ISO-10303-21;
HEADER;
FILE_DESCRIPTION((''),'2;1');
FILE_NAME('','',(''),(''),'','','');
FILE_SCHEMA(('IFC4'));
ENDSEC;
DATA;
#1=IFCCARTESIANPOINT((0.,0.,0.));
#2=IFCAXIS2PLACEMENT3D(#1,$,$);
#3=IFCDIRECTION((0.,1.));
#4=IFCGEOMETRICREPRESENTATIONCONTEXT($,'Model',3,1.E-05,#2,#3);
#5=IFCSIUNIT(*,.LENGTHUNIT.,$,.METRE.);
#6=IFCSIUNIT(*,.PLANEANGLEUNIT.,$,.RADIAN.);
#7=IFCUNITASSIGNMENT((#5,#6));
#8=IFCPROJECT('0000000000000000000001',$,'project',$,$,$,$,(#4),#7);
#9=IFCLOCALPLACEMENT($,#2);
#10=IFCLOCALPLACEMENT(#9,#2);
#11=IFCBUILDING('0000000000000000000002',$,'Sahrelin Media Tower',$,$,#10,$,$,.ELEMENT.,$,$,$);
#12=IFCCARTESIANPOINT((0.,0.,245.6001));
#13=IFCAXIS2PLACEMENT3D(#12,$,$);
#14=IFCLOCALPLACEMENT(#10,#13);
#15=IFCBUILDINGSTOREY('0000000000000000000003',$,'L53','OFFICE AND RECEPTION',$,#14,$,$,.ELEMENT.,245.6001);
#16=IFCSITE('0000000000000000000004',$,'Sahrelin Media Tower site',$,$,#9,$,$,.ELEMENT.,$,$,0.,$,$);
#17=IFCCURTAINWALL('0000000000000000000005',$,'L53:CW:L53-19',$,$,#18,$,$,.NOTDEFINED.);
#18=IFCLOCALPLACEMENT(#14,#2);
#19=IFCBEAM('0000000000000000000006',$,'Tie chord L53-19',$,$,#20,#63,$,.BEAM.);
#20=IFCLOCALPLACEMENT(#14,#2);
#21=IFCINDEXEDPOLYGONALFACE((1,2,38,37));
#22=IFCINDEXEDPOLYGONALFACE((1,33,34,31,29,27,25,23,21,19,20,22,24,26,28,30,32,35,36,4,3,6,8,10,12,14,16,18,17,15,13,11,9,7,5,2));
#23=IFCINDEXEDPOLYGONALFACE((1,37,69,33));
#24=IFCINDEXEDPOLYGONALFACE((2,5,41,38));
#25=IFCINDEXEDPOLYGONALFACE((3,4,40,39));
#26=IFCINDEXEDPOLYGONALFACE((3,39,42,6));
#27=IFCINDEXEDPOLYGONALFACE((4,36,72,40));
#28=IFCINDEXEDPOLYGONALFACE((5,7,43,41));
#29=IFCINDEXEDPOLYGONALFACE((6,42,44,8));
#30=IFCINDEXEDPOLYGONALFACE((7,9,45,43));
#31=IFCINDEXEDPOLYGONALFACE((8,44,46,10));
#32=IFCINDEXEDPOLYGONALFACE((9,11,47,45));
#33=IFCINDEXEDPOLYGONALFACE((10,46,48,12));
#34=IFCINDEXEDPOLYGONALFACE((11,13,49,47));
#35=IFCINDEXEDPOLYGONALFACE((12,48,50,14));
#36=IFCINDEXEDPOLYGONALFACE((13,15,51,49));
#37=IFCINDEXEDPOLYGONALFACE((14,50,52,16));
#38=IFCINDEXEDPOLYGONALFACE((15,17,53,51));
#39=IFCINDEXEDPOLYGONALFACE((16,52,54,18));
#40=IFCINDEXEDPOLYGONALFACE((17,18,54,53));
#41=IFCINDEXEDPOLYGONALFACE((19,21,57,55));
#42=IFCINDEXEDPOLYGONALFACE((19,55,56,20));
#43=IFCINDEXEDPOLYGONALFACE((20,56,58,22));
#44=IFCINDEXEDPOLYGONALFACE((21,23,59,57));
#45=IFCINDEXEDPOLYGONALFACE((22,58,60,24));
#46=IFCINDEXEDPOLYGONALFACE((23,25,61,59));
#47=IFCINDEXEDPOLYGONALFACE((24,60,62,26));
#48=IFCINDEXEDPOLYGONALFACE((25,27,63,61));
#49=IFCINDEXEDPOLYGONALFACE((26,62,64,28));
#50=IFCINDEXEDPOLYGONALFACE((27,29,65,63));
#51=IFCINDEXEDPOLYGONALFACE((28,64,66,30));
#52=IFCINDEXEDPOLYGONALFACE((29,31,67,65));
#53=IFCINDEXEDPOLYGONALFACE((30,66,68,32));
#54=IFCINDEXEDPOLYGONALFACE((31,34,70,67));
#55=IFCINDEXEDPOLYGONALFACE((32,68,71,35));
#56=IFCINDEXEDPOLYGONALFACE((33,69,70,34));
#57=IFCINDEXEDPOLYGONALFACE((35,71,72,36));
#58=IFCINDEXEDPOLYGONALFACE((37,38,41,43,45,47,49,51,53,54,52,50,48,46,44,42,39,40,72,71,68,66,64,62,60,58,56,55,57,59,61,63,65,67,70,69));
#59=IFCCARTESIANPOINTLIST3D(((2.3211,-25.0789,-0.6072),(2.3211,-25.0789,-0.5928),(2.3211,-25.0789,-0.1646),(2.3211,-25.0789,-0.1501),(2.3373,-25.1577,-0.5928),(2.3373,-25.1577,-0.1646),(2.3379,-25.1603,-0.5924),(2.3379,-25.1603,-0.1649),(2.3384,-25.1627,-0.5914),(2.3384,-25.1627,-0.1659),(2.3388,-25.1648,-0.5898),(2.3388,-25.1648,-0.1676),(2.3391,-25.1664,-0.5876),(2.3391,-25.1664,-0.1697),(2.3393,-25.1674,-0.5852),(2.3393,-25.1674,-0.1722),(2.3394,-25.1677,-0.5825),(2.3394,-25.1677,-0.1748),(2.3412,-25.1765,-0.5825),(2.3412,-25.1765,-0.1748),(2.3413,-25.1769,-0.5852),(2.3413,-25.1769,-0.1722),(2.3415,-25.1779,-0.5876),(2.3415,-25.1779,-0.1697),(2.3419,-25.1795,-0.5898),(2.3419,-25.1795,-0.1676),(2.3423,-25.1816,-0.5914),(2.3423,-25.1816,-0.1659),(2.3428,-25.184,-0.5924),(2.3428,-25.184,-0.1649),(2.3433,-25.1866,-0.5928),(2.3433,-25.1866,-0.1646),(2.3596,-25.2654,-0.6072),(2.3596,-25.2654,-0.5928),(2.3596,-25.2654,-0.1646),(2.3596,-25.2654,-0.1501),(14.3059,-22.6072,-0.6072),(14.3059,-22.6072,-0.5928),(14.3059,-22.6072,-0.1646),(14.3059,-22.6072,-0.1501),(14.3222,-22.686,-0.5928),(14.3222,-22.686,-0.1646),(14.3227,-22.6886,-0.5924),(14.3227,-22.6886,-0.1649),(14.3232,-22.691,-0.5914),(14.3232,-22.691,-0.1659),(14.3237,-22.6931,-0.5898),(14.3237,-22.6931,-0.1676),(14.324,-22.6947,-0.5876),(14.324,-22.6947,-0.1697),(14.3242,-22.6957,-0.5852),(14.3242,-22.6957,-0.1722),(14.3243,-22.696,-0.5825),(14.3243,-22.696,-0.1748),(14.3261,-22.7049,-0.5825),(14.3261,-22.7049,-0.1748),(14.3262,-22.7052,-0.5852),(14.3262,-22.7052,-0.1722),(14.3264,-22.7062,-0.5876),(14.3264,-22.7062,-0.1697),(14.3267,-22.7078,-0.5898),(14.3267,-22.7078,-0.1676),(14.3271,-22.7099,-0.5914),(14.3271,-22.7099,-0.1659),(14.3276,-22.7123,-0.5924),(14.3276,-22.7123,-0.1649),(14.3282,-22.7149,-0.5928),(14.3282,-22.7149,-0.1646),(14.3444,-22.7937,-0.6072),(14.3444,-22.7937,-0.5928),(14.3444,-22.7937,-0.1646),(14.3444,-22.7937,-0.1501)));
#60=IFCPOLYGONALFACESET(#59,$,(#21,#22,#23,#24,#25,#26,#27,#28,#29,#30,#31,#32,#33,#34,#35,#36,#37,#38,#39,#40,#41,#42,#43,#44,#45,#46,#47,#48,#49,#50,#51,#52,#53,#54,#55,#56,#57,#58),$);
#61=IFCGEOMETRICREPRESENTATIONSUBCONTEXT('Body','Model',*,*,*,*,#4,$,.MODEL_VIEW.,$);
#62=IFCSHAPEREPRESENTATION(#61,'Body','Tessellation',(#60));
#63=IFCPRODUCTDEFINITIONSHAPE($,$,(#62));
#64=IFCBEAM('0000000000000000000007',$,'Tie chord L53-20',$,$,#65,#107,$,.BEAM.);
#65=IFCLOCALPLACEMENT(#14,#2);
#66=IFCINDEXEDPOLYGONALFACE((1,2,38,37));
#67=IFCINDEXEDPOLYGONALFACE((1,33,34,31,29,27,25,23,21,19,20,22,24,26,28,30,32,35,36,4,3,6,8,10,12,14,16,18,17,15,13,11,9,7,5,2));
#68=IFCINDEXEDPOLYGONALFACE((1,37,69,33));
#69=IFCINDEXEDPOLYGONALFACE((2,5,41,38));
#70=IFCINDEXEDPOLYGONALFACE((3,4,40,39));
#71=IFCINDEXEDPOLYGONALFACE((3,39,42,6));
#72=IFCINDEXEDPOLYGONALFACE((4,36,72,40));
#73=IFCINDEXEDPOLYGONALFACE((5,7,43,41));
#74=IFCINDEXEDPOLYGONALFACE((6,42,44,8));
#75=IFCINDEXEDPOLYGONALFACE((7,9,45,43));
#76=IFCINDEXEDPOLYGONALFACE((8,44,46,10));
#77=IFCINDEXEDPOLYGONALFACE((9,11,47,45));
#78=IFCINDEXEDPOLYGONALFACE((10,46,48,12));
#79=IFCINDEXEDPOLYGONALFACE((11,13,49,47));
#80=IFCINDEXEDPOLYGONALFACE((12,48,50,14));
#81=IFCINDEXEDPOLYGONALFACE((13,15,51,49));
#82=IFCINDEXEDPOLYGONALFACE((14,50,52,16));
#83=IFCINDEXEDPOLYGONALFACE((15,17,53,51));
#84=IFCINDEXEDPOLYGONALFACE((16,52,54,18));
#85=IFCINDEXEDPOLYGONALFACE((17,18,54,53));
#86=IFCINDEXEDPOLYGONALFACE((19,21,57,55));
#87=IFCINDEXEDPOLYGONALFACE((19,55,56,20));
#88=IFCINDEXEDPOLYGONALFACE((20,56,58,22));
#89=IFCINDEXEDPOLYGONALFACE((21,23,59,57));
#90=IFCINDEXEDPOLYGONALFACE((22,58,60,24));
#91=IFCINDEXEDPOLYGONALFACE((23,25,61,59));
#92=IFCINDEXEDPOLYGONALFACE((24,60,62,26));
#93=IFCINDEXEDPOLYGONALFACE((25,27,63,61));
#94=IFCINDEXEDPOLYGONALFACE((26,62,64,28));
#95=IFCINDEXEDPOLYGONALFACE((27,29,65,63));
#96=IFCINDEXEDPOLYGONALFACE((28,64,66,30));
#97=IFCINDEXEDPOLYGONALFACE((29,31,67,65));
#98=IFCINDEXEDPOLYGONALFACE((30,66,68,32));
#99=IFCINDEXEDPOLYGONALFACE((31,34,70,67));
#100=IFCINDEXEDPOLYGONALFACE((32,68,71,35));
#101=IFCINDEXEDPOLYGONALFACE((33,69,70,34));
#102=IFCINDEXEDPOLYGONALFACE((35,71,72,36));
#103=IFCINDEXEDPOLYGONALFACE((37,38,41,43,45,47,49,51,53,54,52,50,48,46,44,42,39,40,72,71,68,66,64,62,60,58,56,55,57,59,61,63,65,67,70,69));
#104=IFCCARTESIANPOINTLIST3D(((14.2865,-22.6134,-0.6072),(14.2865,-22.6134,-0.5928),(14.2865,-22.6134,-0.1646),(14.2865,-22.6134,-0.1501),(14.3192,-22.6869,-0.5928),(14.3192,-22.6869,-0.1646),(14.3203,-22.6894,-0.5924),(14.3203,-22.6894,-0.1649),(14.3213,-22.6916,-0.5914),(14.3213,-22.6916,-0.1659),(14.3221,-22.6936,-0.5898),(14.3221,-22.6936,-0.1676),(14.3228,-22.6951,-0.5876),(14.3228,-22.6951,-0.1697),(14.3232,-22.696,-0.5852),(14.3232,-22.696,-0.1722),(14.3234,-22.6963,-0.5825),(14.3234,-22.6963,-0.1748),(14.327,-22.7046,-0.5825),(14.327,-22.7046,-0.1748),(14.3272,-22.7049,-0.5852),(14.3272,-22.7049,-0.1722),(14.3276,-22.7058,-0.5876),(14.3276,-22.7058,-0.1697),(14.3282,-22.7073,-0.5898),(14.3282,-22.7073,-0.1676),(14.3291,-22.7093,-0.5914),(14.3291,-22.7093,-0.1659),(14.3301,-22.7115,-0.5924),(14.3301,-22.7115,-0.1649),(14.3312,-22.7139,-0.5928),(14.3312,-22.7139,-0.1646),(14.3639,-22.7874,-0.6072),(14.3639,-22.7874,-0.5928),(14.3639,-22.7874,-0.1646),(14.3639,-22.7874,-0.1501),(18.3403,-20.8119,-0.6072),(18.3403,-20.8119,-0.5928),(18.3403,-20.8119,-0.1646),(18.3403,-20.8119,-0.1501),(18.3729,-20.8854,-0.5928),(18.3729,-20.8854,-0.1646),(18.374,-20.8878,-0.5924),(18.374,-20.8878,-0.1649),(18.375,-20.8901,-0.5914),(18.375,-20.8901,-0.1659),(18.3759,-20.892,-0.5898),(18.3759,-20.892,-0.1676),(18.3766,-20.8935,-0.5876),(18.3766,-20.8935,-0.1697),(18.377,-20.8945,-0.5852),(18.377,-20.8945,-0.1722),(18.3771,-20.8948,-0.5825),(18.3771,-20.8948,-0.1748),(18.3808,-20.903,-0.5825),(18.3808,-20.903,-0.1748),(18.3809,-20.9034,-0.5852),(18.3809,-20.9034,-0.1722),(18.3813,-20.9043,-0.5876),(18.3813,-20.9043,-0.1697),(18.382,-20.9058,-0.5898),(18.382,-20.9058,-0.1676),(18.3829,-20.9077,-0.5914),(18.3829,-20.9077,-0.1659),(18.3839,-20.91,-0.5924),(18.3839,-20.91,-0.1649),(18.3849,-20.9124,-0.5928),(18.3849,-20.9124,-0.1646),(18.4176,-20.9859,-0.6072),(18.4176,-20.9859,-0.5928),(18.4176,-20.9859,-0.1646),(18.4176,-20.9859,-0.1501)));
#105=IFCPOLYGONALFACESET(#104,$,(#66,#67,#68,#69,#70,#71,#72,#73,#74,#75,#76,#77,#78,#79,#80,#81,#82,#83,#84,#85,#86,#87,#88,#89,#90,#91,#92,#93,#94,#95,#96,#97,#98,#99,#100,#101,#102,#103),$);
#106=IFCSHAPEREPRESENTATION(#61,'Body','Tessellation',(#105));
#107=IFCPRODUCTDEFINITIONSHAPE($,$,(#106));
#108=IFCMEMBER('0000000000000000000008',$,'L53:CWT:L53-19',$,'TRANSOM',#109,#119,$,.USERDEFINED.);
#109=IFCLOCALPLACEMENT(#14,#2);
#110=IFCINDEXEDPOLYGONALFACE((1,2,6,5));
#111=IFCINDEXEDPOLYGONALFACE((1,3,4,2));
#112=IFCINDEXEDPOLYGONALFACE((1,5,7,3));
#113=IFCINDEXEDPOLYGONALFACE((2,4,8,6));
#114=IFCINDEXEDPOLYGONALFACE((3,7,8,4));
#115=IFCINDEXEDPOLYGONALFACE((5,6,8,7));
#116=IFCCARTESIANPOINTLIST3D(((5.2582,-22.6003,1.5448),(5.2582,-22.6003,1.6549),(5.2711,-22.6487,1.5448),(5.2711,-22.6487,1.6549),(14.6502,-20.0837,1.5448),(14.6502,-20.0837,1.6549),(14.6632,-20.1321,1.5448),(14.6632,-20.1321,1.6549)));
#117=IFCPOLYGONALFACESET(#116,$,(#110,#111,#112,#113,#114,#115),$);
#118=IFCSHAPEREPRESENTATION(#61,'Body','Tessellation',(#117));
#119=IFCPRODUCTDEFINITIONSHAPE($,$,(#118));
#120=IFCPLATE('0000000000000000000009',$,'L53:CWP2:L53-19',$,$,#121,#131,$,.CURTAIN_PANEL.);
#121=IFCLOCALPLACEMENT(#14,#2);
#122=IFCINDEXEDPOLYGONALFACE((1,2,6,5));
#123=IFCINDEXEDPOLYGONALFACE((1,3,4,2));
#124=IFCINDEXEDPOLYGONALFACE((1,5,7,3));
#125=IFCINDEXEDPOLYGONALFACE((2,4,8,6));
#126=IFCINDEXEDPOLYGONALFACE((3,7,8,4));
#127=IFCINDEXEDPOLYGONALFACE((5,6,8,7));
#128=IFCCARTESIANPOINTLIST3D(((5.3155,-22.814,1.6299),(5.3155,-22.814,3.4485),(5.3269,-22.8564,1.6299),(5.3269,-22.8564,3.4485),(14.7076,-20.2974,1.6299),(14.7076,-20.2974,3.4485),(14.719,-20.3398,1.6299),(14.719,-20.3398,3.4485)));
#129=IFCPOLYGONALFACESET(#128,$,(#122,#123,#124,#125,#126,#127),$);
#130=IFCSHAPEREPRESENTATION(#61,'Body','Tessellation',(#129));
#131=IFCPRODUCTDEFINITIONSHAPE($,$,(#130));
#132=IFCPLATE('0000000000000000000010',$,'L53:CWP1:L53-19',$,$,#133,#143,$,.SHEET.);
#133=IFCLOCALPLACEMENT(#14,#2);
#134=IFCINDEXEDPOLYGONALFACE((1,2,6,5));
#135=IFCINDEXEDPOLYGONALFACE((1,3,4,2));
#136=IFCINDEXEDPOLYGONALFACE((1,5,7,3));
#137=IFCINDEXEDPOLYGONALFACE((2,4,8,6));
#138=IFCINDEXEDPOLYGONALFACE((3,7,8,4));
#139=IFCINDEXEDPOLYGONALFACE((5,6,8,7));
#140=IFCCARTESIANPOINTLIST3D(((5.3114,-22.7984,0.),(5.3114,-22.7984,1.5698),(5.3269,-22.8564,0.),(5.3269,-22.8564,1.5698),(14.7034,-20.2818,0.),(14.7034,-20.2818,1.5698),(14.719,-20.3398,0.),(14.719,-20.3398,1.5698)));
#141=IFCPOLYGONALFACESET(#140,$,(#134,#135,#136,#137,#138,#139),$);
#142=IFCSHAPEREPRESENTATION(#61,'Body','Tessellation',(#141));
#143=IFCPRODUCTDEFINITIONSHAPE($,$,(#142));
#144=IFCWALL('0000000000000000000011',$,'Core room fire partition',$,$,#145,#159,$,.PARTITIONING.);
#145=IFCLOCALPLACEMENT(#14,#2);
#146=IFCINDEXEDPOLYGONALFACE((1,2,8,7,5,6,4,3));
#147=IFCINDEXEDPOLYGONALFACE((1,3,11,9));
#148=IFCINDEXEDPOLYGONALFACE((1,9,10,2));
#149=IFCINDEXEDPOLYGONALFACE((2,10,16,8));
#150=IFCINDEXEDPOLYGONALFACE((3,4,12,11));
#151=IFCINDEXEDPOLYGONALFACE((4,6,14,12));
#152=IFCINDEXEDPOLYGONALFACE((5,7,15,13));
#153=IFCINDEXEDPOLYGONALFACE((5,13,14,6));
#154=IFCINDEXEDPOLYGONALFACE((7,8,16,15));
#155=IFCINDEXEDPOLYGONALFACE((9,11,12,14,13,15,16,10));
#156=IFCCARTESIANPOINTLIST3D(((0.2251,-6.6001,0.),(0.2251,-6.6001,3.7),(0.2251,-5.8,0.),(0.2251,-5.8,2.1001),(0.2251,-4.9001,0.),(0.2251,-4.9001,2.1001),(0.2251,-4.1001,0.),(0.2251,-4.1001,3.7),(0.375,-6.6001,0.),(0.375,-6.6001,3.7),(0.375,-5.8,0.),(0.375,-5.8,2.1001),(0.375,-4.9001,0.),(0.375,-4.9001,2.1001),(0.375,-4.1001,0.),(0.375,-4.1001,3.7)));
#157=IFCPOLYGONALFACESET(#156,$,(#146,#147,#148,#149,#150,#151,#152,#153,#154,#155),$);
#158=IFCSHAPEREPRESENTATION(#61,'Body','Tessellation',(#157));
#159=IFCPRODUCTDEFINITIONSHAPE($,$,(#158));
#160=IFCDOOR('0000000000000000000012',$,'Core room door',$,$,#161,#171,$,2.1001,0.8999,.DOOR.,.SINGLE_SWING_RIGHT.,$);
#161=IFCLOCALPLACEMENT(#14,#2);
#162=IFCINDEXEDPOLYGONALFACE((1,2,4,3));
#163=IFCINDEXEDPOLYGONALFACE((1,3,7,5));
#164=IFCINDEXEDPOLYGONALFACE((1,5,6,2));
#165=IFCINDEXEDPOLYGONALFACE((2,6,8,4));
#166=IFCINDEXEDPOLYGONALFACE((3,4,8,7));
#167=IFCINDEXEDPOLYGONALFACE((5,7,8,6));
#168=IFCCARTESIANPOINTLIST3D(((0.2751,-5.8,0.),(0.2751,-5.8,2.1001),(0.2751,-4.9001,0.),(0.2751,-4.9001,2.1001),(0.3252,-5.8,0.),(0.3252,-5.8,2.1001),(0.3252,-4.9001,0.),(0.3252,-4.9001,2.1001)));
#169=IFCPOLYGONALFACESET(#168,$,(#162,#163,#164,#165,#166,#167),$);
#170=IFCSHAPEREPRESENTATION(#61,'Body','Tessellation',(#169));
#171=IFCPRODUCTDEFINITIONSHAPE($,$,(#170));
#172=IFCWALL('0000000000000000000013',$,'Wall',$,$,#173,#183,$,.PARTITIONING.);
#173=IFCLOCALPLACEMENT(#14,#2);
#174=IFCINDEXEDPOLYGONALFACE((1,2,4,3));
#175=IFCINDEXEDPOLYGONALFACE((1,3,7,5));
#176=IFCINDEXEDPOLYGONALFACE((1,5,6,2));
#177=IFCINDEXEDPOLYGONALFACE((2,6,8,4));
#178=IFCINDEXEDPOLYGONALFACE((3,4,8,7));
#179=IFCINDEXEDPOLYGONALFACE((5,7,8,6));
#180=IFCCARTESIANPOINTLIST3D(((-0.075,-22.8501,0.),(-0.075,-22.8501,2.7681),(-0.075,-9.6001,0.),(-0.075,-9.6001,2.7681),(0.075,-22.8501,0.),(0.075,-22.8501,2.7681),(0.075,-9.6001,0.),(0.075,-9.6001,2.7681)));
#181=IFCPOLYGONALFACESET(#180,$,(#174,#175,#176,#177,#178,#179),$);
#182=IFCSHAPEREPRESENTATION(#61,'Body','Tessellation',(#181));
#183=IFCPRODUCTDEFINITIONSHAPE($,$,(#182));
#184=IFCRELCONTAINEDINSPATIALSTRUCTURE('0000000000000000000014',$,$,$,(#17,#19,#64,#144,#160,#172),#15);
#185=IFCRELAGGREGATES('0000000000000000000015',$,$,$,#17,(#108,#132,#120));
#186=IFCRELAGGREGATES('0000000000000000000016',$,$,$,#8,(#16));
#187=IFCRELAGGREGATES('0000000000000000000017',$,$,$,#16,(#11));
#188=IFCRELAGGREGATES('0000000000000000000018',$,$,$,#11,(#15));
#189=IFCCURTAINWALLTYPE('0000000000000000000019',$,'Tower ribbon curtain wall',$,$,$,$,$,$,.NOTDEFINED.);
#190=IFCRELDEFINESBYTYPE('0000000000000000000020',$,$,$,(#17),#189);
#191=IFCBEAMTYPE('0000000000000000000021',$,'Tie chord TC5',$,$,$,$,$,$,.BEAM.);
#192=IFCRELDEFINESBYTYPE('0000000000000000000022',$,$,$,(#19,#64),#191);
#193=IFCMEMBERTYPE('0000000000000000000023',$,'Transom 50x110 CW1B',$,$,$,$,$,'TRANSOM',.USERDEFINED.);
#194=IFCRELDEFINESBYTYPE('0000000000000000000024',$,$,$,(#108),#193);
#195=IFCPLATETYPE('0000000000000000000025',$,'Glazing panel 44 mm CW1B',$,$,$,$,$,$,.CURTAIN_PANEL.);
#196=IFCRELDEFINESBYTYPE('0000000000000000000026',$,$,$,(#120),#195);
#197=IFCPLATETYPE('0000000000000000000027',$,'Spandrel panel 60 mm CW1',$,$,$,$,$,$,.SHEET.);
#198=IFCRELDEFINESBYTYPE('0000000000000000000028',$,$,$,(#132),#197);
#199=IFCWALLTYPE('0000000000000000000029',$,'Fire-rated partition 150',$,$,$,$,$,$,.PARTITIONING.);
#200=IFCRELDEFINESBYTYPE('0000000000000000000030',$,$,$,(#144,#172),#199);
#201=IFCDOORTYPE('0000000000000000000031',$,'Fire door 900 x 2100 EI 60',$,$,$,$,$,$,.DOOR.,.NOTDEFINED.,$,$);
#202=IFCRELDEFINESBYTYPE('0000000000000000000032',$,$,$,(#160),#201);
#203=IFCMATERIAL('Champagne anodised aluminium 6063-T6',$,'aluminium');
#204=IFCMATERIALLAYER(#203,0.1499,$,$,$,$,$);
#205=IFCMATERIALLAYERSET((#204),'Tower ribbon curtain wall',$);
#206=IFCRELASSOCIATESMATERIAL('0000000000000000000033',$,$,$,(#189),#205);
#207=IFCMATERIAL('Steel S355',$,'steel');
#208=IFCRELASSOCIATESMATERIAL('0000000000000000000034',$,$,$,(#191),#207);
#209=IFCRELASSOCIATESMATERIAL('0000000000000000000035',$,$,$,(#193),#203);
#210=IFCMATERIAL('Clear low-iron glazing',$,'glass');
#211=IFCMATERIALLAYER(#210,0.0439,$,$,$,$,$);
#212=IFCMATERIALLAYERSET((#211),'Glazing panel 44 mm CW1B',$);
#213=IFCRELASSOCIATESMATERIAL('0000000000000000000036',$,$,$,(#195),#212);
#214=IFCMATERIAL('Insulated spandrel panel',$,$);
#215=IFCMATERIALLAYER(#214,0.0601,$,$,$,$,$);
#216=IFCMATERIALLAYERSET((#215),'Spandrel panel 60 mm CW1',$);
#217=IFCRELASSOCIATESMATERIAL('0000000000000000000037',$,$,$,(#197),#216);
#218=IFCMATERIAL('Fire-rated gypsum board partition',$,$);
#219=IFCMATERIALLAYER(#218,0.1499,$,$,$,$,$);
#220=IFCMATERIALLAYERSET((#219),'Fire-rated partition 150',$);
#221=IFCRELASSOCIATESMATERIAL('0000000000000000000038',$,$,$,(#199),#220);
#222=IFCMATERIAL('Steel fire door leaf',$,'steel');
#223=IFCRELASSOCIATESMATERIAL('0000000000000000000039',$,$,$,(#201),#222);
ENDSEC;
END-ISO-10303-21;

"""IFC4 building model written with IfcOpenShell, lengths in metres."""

from ifc_helpers import new_model, si_unit, direction, frame, frame_2d, origin, origin_2d, place, context, subcontext, project, spatial, polyline, rectangle, i_section, outline, extrude, material, layer, layer_set, material_profile, profile_set, type_object, element, fill, aggregate, save


model = new_model("IFC4")

# Units and contexts
model_context = context("Model", 3, precision=1e-05, world=origin(), true_north=direction((0.0, 1.0)))
body_context = subcontext(model_context, "Body", "Model", "MODEL_VIEW")
ifc_project = project(units=[si_unit("LENGTHUNIT", "METRE"), si_unit("PLANEANGLEUNIT", "RADIAN")], contexts=[model_context])

# Site, building, storey
site_placement = place(None, origin())
site = spatial("IfcSite", under=ifc_project, at=site_placement, Name="Sahrelin Media Tower site", CompositionType="ELEMENT", RefElevation=0.0)
building_placement = place(site_placement, origin())
building = spatial("IfcBuilding", under=site, at=building_placement, Name="Sahrelin Media Tower", CompositionType="ELEMENT")
storey_placement = place(building_placement, frame((0.0, 0.0, 245.6001)))
storey = spatial("IfcBuildingStorey", under=building, at=storey_placement, Name="L53", Description="OFFICE AND RECEPTION", CompositionType="ELEMENT", Elevation=245.6001)

# Shared definitions
ifc_material_1 = material(Name="Steel S355", Category="steel")

# Curtain wall
ifc_material_2 = material(Name="Champagne anodised aluminium 6063-T6", Category="aluminium")
ifc_layer_1 = layer(ifc_material_2, 0.1499)
ifc_layer_set_1 = layer_set([ifc_layer_1], Name="Tower ribbon curtain wall")
curtain_wall_type = type_object("IfcCurtainWallType", Name="Tower ribbon curtain wall", PredefinedType="NOTDEFINED", material=ifc_layer_set_1)
curtain_wall_1_placement = place(storey_placement, frame((10.0176, -21.5789, 0.0), z_axis=(0.0, 0.0, 1.0), x_axis=(1.0, 0.0, 0.0)))
curtain_wall_1 = element("IfcCurtainWall", 1, at=curtain_wall_1_placement, inside=storey, type_object=curtain_wall_type, Name="L53:CW:L53-19", PredefinedType="NOTDEFINED")

# Beams
ifc_material_profile_1 = material_profile(ifc_material_1, i_section(OverallWidth=0.1904, OverallDepth=0.457, WebThickness=0.009, FlangeThickness=0.0144, FilletRadius=0.0103, at=origin_2d()), Name="UB 457x191x74")
ifc_profile_set_1 = profile_set([ifc_material_profile_1], Name="Steel S355")
beam_type_1 = type_object("IfcBeamType", Name="Tie chord TC5", PredefinedType="BEAM", material=ifc_profile_set_1)
beam_1_placement = place(storey_placement, frame((2.3403, -25.1721, -0.3787), z_axis=(0.979389, 0.201983, 0.0), x_axis=(-0.201983, 0.979389, 0.0)))
element("IfcBeam", 2, at=beam_1_placement, inside=storey, type_object=beam_type_1, Name="Tie chord L53-19", PredefinedType="BEAM", context=body_context, shape_type="SweptSolid", body=[
    extrude(i_section(OverallWidth=0.1904, OverallDepth=0.457, WebThickness=0.009, FlangeThickness=0.0144, FilletRadius=0.0103, at=origin_2d()), origin(), (0.0, 0.0, 1.0), 12.2371),
])
beam_2_placement = place(storey_placement, frame((14.3252, -22.7004, -0.3787), z_axis=(0.913823, 0.406113, 0.0), x_axis=(-0.406113, 0.913823, 0.0)))
element("IfcBeam", 3, at=beam_2_placement, inside=storey, type_object=beam_type_1, Name="Tie chord L53-20", PredefinedType="BEAM", context=body_context, shape_type="SweptSolid", body=[
    extrude(i_section(OverallWidth=0.1904, OverallDepth=0.457, WebThickness=0.009, FlangeThickness=0.0144, FilletRadius=0.0103, at=origin_2d()), origin(), (0.0, 0.0, 1.0), 4.436),
])

# Member
ifc_material_profile_2 = material_profile(ifc_material_2, rectangle(XDim=0.05, YDim=0.1101, at=origin_2d()), Name="Transom 50x110")
ifc_profile_set_2 = profile_set([ifc_material_profile_2], Name="Champagne anodised aluminium 6063-T6")
member_type_1 = type_object("IfcMemberType", Name="Transom 50x110 CW1B", ElementType="TRANSOM", PredefinedType="USERDEFINED", material=ifc_profile_set_2)
member_1_placement = place(storey_placement, frame((5.2646, -22.6245, 1.5999), z_axis=(0.965926, 0.258819, 0.0), x_axis=(-0.258819, 0.965926, 0.0)))
member_1 = element("IfcMember", 4, at=member_1_placement, type_object=member_type_1, Name="L53:CWT:L53-19", ObjectType="TRANSOM", PredefinedType="USERDEFINED", context=body_context, shape_type="SweptSolid", body=[
    extrude(rectangle(XDim=0.05, YDim=0.1101, at=origin_2d()), origin(), (0.0, 0.0, 1.0), 9.7234),
])

# Plates
ifc_material_3 = material(Name="Clear low-iron glazing", Category="glass")
ifc_layer_2 = layer(ifc_material_3, 0.0439)
ifc_layer_set_2 = layer_set([ifc_layer_2], Name="Glazing panel 44 mm CW1B")
plate_type_1 = type_object("IfcPlateType", Name="Glazing panel 44 mm CW1B", PredefinedType="CURTAIN_PANEL", material=ifc_layer_set_2)
plate_1_placement = place(storey_placement, frame((5.3269, -22.8564, 1.6299), z_axis=(0.258819, -0.965926, 0.0), x_axis=(0.965926, 0.258819, 0.0)))
plate_1 = element("IfcPlate", 5, at=plate_1_placement, type_object=plate_type_1, Name="L53:CWP2:L53-19", PredefinedType="CURTAIN_PANEL", context=body_context, shape_type="SweptSolid", body=[
    extrude(outline(polyline([(0.0, 0.0), (9.7234, 0.0), (9.7234, 1.8186), (0.0, 1.8186), (0.0, 0.0)])), origin(), (0.0, 0.0, -1.0), 0.0439),
])
ifc_material_4 = material(Name="Insulated spandrel panel")
ifc_layer_3 = layer(ifc_material_4, 0.0601)
ifc_layer_set_3 = layer_set([ifc_layer_3], Name="Spandrel panel 60 mm CW1")
plate_type_2 = type_object("IfcPlateType", Name="Spandrel panel 60 mm CW1", PredefinedType="SHEET", material=ifc_layer_set_3)
plate_2_placement = place(storey_placement, frame((5.3269, -22.8564, 0.0), z_axis=(0.258819, -0.965926, 0.0), x_axis=(0.965926, 0.258819, 0.0)))
plate_2 = element("IfcPlate", 6, at=plate_2_placement, type_object=plate_type_2, Name="L53:CWP1:L53-19", PredefinedType="SHEET", context=body_context, shape_type="SweptSolid", body=[
    extrude(outline(polyline([(0.0, 0.0), (9.7234, 0.0), (9.7234, 1.5698), (0.0, 1.5698), (0.0, 0.0)])), origin(), (0.0, 0.0, -1.0), 0.0601),
])
aggregate(curtain_wall_1, [member_1, plate_2, plate_1])

# Wall, opening, door
ifc_material_5 = material(Name="Fire-rated gypsum board partition")
ifc_layer_4 = layer(ifc_material_5, 0.1499)
ifc_layer_set_4 = layer_set([ifc_layer_4], Name="Fire-rated partition 150")
wall_type_1 = type_object("IfcWallType", Name="Fire-rated partition 150", PredefinedType="PARTITIONING", material=ifc_layer_set_4)
wall_1_placement = place(storey_placement, frame((0.3, -6.6001, 0.0), z_axis=(0.0, 0.0, 1.0), x_axis=(0.0, 1.0, 0.0)))
wall_1 = element("IfcWall", 7, at=wall_1_placement, inside=storey, type_object=wall_type_1, Name="Core room fire partition", PredefinedType="PARTITIONING", context=body_context, shape_type="SweptSolid", body=[
    extrude(rectangle(XDim=2.5, YDim=0.1499, at=frame_2d((1.25, 0.0))), origin(), (0.0, 0.0, 1.0), 3.7),
])
opening_placement = place(wall_1_placement, frame((0.8, 0.0, 0.0)))
opening = element("IfcOpeningElement", 8, at=opening_placement, cuts=wall_1, PredefinedType="OPENING", context=body_context, shape_type="SweptSolid", body=[
    extrude(rectangle(XDim=0.8999, YDim=2.1001, at=frame_2d((0.45, 1.05))), frame((0.0, 0.075, 0.0), z_axis=(0.0, -1.0, 0.0), x_axis=(1.0, 0.0, 0.0)), (0.0, 0.0, 1.0), 0.1499),
])
ifc_material_6 = material(Name="Steel fire door leaf", Category="steel")
door_type = type_object("IfcDoorType", Name="Fire door 900 x 2100 EI 60", OperationType="NOTDEFINED", PredefinedType="DOOR", material=ifc_material_6)
door_placement = place(opening_placement, origin())
door = element("IfcDoor", 9, at=door_placement, inside=storey, type_object=door_type, Name="Core room door", OperationType="SINGLE_SWING_RIGHT", OverallHeight=2.1001, OverallWidth=0.8999, PredefinedType="DOOR", context=body_context, shape_type="SweptSolid", body=[
    extrude(rectangle(XDim=0.8999, YDim=2.1001, at=frame_2d((0.45, 1.05))), frame((0.0, 0.0249, 0.0), z_axis=(0.0, -1.0, 0.0), x_axis=(1.0, 0.0, 0.0)), (0.0, 0.0, 1.0), 0.05),
])
fill(opening, door)

# Wall
wall_2_placement = place(storey_placement, frame((0.0, -22.8501, 0.0), z_axis=(0.0, 0.0, 1.0), x_axis=(0.0, 1.0, 0.0)))
element("IfcWall", 10, at=wall_2_placement, inside=storey, type_object=wall_type_1, Name="Wall", PredefinedType="PARTITIONING", context=body_context, shape_type="SweptSolid", body=[
    extrude(rectangle(XDim=13.25, YDim=0.1499, at=frame_2d((6.625, 0.0))), origin(), (0.0, 0.0, 1.0), 2.7681),
])

save(model, "model.ifc")
